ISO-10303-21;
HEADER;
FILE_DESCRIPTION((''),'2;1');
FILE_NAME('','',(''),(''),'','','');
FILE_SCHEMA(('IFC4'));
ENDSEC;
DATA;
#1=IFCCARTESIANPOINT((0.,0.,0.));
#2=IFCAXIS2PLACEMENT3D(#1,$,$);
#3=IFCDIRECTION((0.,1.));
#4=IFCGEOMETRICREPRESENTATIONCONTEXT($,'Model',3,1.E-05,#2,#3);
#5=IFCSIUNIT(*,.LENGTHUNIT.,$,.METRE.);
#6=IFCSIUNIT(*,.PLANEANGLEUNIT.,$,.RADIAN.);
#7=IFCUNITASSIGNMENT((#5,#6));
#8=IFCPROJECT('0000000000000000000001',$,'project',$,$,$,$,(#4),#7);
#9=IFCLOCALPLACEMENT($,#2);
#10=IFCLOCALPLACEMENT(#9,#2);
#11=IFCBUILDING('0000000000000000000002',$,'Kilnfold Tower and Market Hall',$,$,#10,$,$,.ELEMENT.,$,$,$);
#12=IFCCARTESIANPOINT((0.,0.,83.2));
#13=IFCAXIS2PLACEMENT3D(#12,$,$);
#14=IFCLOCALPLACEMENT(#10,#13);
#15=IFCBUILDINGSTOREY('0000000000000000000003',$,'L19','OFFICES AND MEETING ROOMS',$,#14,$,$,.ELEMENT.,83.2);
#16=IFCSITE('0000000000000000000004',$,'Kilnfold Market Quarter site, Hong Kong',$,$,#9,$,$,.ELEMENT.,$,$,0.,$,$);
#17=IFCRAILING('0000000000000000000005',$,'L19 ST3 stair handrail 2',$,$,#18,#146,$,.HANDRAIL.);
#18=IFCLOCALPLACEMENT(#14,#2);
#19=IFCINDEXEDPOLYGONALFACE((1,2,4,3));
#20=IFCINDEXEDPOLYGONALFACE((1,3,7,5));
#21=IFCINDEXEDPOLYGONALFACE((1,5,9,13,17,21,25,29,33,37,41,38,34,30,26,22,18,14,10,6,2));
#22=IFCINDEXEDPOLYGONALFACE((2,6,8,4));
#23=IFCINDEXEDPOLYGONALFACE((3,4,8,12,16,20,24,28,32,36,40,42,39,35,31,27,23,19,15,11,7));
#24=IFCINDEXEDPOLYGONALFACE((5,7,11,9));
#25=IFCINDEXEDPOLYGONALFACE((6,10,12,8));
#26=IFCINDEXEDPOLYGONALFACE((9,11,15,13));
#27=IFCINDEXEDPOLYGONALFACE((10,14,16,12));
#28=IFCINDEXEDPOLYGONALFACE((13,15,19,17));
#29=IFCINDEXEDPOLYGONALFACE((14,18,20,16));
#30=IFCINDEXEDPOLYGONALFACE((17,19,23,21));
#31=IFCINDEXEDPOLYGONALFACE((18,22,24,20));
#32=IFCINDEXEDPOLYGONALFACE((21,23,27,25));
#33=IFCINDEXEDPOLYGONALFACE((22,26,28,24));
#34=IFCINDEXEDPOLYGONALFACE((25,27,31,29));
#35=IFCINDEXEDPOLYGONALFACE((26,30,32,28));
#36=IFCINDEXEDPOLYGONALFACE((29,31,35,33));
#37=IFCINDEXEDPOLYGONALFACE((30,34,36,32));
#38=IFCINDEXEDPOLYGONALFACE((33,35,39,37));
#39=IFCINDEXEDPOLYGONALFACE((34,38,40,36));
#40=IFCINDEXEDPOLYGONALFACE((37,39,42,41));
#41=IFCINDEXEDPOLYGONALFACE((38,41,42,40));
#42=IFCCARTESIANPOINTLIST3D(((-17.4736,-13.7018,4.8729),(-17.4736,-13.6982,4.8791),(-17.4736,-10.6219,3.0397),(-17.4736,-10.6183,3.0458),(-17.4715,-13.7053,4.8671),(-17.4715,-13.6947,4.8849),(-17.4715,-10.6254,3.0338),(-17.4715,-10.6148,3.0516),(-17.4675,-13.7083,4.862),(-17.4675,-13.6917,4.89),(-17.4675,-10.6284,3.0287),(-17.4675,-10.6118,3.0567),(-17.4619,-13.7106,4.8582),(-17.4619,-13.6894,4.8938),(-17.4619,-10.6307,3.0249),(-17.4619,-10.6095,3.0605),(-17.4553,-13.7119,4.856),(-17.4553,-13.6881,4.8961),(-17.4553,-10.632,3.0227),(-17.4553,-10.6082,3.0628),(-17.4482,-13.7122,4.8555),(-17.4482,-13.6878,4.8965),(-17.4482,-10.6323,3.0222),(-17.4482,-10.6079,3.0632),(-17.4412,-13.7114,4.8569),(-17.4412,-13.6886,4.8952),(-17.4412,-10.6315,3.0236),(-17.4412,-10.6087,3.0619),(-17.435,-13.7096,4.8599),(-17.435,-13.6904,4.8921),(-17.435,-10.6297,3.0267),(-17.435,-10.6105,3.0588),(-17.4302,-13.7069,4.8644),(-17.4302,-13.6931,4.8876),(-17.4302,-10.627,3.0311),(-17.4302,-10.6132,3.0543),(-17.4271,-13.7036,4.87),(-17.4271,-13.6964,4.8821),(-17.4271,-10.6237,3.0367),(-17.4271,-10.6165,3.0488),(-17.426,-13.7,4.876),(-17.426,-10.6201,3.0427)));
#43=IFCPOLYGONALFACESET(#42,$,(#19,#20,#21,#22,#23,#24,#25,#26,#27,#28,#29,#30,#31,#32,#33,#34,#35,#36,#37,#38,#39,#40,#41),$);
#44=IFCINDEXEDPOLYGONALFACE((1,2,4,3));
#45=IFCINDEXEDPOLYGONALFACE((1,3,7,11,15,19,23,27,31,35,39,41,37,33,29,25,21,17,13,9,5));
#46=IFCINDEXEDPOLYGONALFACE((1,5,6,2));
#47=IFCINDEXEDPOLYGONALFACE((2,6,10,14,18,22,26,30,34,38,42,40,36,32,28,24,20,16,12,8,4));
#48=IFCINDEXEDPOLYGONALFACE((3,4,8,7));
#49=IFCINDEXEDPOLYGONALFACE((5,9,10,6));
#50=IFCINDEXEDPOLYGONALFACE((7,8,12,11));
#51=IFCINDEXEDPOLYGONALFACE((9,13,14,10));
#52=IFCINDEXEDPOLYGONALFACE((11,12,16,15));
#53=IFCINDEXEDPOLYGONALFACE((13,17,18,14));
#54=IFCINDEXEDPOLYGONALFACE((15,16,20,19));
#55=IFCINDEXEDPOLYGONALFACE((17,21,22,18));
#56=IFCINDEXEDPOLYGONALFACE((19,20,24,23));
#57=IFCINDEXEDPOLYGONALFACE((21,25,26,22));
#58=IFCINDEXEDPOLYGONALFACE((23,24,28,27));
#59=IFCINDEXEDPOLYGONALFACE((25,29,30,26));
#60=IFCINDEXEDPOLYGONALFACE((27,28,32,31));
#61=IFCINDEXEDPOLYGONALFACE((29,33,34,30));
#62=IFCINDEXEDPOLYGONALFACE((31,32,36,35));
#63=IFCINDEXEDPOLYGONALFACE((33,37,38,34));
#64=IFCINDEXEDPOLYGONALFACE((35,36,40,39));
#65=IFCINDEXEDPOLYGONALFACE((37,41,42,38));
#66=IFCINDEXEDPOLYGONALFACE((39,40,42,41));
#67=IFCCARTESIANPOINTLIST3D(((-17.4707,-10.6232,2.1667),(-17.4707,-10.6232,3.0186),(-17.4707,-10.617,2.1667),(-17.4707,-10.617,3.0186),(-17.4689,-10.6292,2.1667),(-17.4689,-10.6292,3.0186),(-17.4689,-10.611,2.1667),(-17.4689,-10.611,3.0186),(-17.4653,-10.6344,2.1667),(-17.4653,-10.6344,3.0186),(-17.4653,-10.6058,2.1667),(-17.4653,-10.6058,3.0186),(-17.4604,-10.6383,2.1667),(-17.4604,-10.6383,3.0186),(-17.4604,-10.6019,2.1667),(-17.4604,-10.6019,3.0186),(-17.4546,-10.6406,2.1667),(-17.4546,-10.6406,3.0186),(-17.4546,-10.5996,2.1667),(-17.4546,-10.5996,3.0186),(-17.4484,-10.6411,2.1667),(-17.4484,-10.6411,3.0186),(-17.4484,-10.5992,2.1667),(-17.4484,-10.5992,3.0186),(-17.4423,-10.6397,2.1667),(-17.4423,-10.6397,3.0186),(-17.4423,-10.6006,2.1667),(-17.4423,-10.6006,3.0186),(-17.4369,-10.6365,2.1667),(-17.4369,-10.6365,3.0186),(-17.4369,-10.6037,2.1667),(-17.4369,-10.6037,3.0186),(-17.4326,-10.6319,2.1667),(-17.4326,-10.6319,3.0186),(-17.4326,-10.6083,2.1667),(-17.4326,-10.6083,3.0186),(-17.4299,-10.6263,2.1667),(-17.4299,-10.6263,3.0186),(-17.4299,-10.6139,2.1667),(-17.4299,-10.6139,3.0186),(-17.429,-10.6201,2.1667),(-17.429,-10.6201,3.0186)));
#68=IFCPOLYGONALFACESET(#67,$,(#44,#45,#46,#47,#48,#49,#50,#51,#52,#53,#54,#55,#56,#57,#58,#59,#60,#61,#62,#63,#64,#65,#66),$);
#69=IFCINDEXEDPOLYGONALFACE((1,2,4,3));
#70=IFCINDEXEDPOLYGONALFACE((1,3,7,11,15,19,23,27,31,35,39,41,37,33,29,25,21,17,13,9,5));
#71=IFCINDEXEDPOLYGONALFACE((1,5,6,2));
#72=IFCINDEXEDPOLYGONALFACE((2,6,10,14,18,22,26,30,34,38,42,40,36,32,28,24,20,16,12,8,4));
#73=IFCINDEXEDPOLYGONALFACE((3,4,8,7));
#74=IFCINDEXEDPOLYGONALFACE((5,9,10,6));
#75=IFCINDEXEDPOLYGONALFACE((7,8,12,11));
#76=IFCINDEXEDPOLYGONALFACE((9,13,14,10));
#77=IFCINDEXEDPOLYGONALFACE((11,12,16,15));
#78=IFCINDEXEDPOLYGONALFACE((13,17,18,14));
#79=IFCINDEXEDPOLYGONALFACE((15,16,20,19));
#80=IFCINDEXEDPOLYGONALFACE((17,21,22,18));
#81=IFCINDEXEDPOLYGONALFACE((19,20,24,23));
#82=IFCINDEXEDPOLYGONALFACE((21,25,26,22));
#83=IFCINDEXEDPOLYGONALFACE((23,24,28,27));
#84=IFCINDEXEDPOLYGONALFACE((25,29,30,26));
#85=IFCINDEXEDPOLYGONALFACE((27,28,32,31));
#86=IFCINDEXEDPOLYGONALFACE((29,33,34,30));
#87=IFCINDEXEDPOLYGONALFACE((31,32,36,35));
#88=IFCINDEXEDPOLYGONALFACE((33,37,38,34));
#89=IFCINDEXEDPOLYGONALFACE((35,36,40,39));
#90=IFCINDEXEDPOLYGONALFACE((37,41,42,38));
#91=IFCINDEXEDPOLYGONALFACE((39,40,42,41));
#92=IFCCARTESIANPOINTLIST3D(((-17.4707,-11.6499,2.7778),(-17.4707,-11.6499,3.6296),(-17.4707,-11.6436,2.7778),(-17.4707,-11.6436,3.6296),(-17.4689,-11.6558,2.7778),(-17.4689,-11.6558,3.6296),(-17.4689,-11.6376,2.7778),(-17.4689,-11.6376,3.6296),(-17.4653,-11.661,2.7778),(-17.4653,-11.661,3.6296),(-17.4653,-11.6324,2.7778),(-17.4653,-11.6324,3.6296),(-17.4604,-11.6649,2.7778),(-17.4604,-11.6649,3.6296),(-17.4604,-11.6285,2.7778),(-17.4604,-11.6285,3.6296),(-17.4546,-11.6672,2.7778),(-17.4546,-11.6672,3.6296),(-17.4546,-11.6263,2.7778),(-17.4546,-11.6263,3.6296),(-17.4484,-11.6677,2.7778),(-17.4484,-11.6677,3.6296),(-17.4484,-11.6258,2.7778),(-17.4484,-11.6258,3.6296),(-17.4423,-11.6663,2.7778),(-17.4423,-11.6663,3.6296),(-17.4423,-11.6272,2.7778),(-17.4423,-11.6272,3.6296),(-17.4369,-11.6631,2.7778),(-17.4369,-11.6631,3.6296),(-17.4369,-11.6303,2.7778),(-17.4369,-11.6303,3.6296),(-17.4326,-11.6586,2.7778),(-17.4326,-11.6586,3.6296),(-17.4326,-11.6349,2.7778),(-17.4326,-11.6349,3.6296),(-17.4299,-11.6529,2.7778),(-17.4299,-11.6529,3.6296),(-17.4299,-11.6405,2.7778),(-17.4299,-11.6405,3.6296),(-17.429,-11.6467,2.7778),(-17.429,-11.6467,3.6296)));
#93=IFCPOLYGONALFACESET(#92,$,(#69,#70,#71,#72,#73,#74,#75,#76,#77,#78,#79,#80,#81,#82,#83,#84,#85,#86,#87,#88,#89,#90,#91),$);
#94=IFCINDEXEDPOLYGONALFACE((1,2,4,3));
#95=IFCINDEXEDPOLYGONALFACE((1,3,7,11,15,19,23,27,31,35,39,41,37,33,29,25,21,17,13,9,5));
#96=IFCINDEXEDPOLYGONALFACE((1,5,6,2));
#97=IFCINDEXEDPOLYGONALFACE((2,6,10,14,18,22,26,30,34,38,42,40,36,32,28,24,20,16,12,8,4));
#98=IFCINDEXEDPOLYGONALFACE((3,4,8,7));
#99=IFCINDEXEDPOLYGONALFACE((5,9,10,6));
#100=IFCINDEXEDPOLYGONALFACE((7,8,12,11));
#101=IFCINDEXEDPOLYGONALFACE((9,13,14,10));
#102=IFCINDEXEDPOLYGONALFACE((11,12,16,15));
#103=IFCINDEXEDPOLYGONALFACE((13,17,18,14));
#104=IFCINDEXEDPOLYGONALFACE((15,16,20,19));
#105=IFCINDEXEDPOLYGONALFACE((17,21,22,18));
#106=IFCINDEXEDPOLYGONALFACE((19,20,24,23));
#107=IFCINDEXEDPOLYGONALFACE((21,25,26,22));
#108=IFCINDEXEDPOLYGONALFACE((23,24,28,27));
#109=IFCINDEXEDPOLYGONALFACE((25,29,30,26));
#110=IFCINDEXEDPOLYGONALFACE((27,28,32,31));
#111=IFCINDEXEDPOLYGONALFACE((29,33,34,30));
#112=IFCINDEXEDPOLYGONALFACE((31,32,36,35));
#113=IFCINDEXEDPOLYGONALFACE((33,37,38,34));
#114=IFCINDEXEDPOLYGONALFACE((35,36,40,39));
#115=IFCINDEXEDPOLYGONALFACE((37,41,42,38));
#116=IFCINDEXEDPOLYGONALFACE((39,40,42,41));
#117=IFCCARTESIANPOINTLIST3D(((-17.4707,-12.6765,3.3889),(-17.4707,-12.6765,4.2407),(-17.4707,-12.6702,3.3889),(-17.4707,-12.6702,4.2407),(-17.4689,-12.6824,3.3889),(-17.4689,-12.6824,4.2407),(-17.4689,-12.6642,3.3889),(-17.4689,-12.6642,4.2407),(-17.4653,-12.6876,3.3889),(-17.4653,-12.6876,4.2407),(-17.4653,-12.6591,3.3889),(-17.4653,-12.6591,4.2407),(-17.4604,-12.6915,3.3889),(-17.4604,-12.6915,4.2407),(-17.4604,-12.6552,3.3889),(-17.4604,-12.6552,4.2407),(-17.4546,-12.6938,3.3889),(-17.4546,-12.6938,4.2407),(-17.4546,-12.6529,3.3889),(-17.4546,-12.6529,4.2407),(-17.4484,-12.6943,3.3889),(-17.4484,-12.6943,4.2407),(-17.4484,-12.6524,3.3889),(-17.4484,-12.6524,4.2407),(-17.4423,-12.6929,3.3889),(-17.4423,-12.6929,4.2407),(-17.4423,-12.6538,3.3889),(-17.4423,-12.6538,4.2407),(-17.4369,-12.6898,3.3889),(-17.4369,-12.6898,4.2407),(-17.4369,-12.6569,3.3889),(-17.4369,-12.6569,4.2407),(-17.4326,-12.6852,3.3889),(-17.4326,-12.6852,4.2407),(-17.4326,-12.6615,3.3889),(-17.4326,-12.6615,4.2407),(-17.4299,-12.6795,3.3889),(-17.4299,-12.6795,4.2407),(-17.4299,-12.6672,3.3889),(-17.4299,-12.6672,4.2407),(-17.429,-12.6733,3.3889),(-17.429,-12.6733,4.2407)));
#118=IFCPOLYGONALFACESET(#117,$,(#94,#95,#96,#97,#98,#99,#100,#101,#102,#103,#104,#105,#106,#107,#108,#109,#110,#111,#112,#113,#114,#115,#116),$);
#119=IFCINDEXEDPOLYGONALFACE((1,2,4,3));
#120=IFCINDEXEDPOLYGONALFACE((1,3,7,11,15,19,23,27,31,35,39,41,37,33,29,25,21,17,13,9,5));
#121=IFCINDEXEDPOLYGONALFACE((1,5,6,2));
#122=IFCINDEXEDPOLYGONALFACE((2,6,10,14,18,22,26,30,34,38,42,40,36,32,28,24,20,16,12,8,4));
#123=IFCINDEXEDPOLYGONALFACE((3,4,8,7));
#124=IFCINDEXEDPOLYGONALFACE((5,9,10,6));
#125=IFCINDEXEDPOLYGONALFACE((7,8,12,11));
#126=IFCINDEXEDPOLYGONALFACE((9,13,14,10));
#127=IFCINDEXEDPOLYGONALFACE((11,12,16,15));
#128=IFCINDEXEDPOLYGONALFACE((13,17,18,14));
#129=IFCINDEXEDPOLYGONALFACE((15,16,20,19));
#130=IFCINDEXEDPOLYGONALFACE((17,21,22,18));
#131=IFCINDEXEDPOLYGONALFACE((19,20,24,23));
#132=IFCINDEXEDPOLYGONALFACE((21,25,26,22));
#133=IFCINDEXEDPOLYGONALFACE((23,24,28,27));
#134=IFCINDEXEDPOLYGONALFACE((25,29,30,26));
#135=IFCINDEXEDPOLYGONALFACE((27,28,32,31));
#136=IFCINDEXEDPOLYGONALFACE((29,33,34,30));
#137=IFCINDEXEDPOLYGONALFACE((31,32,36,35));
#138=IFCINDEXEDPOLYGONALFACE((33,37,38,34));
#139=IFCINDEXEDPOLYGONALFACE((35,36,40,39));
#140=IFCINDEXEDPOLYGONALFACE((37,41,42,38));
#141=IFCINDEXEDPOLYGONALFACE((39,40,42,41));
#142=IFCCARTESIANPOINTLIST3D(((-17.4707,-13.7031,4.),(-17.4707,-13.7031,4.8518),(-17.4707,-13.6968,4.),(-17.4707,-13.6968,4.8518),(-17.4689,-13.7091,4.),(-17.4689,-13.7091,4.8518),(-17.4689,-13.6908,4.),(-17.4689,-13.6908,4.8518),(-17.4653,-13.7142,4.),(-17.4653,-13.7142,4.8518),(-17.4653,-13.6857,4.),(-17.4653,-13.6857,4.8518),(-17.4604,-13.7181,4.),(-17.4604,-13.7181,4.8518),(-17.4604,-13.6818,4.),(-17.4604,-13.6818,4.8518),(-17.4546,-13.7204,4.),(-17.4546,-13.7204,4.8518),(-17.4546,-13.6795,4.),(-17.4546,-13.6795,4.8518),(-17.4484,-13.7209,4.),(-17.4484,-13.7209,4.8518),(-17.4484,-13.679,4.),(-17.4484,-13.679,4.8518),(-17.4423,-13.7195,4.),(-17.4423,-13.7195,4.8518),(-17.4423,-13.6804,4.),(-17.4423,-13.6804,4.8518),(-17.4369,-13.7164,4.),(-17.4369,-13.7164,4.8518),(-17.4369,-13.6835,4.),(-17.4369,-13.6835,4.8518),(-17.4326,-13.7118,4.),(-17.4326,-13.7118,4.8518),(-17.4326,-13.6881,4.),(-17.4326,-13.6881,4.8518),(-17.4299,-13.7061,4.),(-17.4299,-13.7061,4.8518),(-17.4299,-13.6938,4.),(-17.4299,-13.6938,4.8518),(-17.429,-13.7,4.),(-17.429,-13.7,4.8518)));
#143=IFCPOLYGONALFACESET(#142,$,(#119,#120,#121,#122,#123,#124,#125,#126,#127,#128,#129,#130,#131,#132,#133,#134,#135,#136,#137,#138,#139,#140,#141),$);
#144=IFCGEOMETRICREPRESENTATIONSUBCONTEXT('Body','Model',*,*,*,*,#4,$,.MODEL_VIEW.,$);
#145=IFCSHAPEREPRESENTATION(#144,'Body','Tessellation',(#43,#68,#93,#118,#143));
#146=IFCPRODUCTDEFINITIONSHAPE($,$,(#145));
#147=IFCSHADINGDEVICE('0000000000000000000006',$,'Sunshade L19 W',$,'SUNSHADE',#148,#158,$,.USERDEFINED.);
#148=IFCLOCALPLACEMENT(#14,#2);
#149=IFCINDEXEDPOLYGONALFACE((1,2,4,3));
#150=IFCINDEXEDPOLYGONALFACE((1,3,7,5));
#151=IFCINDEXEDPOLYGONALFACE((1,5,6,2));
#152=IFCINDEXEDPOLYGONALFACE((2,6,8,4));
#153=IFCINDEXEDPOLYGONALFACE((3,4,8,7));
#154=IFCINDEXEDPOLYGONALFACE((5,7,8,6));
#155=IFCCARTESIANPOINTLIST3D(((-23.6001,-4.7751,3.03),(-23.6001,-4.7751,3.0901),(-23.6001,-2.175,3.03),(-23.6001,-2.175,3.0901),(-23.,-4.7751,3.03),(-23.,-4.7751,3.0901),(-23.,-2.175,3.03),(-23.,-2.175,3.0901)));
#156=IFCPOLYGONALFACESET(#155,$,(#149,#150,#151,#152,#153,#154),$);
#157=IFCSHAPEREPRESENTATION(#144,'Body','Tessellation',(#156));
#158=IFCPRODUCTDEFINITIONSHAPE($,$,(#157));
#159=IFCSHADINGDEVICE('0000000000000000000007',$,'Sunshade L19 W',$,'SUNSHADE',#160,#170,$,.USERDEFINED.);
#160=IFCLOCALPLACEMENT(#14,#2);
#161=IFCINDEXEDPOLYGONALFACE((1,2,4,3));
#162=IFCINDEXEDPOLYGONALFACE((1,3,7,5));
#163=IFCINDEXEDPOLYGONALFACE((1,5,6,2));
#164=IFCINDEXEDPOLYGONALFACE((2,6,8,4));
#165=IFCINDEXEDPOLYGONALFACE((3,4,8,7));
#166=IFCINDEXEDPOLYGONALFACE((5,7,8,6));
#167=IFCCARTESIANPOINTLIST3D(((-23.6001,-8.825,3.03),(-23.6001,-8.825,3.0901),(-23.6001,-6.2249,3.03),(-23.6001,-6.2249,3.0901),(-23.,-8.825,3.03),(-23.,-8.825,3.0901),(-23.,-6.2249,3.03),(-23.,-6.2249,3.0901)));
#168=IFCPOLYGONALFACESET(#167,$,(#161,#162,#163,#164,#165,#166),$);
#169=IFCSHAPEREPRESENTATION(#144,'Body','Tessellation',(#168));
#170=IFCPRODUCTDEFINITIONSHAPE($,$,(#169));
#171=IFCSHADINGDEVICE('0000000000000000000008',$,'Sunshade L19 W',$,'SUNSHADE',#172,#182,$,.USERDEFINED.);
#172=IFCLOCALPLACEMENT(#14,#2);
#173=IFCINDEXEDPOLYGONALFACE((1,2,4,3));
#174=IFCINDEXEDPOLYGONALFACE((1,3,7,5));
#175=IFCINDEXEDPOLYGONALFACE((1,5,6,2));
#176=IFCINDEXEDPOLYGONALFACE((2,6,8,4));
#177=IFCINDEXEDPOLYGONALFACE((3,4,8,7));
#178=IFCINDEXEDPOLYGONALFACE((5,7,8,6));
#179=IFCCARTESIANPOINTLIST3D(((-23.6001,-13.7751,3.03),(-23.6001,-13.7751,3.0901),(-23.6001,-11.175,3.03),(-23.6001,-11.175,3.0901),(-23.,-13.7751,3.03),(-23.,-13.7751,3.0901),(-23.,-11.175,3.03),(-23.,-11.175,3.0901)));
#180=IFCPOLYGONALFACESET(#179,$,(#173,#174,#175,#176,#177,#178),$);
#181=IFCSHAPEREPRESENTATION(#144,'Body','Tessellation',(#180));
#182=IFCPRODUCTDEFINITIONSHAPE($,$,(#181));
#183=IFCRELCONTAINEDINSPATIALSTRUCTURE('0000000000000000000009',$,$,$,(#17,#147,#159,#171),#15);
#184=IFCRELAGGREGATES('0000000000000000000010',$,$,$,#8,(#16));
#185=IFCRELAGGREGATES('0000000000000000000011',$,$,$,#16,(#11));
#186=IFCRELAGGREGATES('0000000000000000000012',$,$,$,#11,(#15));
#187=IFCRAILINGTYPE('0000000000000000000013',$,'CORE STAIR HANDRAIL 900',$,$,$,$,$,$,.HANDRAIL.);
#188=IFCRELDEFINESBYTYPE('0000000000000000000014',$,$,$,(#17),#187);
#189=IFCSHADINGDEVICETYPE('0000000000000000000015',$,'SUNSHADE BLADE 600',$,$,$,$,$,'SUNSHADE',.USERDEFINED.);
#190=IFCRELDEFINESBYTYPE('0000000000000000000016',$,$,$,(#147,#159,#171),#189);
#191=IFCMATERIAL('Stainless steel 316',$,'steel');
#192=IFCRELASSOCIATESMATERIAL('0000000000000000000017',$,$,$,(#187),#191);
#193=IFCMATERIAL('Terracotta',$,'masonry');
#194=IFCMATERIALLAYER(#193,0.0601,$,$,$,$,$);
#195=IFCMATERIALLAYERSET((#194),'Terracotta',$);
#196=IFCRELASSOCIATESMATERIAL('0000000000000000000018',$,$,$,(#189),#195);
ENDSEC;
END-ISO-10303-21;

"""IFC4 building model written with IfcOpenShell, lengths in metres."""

from ifc_helpers import new_model, si_unit, direction, frame, origin, origin_2d, place, context, subcontext, project, spatial, rectangle, circle, extrude, source, transform, mapped, material, layer, layer_set, type_object, element, save


model = new_model("IFC4")

# Units and contexts
model_context = context("Model", 3, precision=1e-05, world=origin(), true_north=direction((0.0, 1.0)))
body_context = subcontext(model_context, "Body", "Model", "MODEL_VIEW")
ifc_project = project(units=[si_unit("LENGTHUNIT", "METRE"), si_unit("PLANEANGLEUNIT", "RADIAN")], contexts=[model_context])

# Site, building, storey
site_placement = place(None, origin())
site = spatial("IfcSite", under=ifc_project, at=site_placement, Name="Kilnfold Market Quarter site, Hong Kong", CompositionType="ELEMENT", RefElevation=0.0)
building_placement = place(site_placement, origin())
building = spatial("IfcBuilding", under=site, at=building_placement, Name="Kilnfold Tower and Market Hall", CompositionType="ELEMENT")
storey_placement = place(building_placement, frame((0.0, 0.0, 83.2)))
storey = spatial("IfcBuildingStorey", under=building, at=storey_placement, Name="L19", Description="OFFICES AND MEETING ROOMS", CompositionType="ELEMENT", Elevation=83.2)

# Railing
ifc_material_1 = material(Name="Stainless steel 316", Category="steel")
railing_type_1 = type_object("IfcRailingType", Name="CORE STAIR HANDRAIL 900", PredefinedType="HANDRAIL", material=ifc_material_1)
railing_1_placement = place(storey_placement, frame((-17.45, -10.6201, 2.1667)))
element("IfcRailing", 1, at=railing_1_placement, inside=storey, type_object=railing_type_1, Name="L19 ST3 stair handrail 2", PredefinedType="HANDRAIL", context=body_context, shape_type="SweptSolid", body=[
    extrude(circle(Radius=0.0239, at=origin_2d()), frame((0.0, 0.0, 0.876), z_axis=(0.0, -0.859291, 0.511487), x_axis=(1.0, 0.0, 0.0)), (0.0, 0.0, 1.0), 3.5842),
    extrude(circle(Radius=0.021, at=origin_2d()), origin(), (0.0, 0.0, 1.0), 0.8518),
    extrude(circle(Radius=0.021, at=origin_2d()), frame((0.0, -1.0266, 0.6111)), (0.0, 0.0, 1.0), 0.8518),
    extrude(circle(Radius=0.021, at=origin_2d()), frame((0.0, -2.0532, 1.2222)), (0.0, 0.0, 1.0), 0.8518),
    extrude(circle(Radius=0.021, at=origin_2d()), frame((0.0, -3.0798, 1.8333)), (0.0, 0.0, 1.0), 0.8518),
])

# Shading devices
ifc_material_2 = material(Name="Terracotta", Category="masonry")
ifc_layer_1 = layer(ifc_material_2, 0.0601)
ifc_layer_set_1 = layer_set([ifc_layer_1], Name="Terracotta")
shading_device_type = type_object("IfcShadingDeviceType", Name="SUNSHADE BLADE 600", ElementType="SUNSHADE", PredefinedType="USERDEFINED", material=ifc_layer_set_1)
shared_shape_1 = source(origin(), body_context, "Body", "SweptSolid", [
    extrude(rectangle(XDim=2.6001, YDim=0.6001, at=origin_2d()), origin(), (0.0, 0.0, 1.0), 0.0601),
])
for number, where, z_axis, x_axis, name in (
    (2, (-23.3, -3.4751, 3.03), (0.0, 0.0, 1.0), (0.0, -1.0, 0.0), "Sunshade L19 W"),
    (3, (-23.3, -7.5249, 3.03), (0.0, 0.0, 1.0), (0.0, -1.0, 0.0), "Sunshade L19 W"),
    (4, (-23.3, -12.4751, 3.03), (0.0, 0.0, 1.0), (0.0, -1.0, 0.0), "Sunshade L19 W"),
):
    element("IfcShadingDevice", number, at=place(storey_placement, frame(where, z_axis=z_axis, x_axis=x_axis)), inside=storey, type_object=shading_device_type, Name=name, ObjectType="SUNSHADE", PredefinedType="USERDEFINED", context=body_context, shape_type="MappedRepresentation", body=[
        mapped(shared_shape_1, transform((0.0, 0.0, 0.0))),
    ])

save(model, "model.ifc")
